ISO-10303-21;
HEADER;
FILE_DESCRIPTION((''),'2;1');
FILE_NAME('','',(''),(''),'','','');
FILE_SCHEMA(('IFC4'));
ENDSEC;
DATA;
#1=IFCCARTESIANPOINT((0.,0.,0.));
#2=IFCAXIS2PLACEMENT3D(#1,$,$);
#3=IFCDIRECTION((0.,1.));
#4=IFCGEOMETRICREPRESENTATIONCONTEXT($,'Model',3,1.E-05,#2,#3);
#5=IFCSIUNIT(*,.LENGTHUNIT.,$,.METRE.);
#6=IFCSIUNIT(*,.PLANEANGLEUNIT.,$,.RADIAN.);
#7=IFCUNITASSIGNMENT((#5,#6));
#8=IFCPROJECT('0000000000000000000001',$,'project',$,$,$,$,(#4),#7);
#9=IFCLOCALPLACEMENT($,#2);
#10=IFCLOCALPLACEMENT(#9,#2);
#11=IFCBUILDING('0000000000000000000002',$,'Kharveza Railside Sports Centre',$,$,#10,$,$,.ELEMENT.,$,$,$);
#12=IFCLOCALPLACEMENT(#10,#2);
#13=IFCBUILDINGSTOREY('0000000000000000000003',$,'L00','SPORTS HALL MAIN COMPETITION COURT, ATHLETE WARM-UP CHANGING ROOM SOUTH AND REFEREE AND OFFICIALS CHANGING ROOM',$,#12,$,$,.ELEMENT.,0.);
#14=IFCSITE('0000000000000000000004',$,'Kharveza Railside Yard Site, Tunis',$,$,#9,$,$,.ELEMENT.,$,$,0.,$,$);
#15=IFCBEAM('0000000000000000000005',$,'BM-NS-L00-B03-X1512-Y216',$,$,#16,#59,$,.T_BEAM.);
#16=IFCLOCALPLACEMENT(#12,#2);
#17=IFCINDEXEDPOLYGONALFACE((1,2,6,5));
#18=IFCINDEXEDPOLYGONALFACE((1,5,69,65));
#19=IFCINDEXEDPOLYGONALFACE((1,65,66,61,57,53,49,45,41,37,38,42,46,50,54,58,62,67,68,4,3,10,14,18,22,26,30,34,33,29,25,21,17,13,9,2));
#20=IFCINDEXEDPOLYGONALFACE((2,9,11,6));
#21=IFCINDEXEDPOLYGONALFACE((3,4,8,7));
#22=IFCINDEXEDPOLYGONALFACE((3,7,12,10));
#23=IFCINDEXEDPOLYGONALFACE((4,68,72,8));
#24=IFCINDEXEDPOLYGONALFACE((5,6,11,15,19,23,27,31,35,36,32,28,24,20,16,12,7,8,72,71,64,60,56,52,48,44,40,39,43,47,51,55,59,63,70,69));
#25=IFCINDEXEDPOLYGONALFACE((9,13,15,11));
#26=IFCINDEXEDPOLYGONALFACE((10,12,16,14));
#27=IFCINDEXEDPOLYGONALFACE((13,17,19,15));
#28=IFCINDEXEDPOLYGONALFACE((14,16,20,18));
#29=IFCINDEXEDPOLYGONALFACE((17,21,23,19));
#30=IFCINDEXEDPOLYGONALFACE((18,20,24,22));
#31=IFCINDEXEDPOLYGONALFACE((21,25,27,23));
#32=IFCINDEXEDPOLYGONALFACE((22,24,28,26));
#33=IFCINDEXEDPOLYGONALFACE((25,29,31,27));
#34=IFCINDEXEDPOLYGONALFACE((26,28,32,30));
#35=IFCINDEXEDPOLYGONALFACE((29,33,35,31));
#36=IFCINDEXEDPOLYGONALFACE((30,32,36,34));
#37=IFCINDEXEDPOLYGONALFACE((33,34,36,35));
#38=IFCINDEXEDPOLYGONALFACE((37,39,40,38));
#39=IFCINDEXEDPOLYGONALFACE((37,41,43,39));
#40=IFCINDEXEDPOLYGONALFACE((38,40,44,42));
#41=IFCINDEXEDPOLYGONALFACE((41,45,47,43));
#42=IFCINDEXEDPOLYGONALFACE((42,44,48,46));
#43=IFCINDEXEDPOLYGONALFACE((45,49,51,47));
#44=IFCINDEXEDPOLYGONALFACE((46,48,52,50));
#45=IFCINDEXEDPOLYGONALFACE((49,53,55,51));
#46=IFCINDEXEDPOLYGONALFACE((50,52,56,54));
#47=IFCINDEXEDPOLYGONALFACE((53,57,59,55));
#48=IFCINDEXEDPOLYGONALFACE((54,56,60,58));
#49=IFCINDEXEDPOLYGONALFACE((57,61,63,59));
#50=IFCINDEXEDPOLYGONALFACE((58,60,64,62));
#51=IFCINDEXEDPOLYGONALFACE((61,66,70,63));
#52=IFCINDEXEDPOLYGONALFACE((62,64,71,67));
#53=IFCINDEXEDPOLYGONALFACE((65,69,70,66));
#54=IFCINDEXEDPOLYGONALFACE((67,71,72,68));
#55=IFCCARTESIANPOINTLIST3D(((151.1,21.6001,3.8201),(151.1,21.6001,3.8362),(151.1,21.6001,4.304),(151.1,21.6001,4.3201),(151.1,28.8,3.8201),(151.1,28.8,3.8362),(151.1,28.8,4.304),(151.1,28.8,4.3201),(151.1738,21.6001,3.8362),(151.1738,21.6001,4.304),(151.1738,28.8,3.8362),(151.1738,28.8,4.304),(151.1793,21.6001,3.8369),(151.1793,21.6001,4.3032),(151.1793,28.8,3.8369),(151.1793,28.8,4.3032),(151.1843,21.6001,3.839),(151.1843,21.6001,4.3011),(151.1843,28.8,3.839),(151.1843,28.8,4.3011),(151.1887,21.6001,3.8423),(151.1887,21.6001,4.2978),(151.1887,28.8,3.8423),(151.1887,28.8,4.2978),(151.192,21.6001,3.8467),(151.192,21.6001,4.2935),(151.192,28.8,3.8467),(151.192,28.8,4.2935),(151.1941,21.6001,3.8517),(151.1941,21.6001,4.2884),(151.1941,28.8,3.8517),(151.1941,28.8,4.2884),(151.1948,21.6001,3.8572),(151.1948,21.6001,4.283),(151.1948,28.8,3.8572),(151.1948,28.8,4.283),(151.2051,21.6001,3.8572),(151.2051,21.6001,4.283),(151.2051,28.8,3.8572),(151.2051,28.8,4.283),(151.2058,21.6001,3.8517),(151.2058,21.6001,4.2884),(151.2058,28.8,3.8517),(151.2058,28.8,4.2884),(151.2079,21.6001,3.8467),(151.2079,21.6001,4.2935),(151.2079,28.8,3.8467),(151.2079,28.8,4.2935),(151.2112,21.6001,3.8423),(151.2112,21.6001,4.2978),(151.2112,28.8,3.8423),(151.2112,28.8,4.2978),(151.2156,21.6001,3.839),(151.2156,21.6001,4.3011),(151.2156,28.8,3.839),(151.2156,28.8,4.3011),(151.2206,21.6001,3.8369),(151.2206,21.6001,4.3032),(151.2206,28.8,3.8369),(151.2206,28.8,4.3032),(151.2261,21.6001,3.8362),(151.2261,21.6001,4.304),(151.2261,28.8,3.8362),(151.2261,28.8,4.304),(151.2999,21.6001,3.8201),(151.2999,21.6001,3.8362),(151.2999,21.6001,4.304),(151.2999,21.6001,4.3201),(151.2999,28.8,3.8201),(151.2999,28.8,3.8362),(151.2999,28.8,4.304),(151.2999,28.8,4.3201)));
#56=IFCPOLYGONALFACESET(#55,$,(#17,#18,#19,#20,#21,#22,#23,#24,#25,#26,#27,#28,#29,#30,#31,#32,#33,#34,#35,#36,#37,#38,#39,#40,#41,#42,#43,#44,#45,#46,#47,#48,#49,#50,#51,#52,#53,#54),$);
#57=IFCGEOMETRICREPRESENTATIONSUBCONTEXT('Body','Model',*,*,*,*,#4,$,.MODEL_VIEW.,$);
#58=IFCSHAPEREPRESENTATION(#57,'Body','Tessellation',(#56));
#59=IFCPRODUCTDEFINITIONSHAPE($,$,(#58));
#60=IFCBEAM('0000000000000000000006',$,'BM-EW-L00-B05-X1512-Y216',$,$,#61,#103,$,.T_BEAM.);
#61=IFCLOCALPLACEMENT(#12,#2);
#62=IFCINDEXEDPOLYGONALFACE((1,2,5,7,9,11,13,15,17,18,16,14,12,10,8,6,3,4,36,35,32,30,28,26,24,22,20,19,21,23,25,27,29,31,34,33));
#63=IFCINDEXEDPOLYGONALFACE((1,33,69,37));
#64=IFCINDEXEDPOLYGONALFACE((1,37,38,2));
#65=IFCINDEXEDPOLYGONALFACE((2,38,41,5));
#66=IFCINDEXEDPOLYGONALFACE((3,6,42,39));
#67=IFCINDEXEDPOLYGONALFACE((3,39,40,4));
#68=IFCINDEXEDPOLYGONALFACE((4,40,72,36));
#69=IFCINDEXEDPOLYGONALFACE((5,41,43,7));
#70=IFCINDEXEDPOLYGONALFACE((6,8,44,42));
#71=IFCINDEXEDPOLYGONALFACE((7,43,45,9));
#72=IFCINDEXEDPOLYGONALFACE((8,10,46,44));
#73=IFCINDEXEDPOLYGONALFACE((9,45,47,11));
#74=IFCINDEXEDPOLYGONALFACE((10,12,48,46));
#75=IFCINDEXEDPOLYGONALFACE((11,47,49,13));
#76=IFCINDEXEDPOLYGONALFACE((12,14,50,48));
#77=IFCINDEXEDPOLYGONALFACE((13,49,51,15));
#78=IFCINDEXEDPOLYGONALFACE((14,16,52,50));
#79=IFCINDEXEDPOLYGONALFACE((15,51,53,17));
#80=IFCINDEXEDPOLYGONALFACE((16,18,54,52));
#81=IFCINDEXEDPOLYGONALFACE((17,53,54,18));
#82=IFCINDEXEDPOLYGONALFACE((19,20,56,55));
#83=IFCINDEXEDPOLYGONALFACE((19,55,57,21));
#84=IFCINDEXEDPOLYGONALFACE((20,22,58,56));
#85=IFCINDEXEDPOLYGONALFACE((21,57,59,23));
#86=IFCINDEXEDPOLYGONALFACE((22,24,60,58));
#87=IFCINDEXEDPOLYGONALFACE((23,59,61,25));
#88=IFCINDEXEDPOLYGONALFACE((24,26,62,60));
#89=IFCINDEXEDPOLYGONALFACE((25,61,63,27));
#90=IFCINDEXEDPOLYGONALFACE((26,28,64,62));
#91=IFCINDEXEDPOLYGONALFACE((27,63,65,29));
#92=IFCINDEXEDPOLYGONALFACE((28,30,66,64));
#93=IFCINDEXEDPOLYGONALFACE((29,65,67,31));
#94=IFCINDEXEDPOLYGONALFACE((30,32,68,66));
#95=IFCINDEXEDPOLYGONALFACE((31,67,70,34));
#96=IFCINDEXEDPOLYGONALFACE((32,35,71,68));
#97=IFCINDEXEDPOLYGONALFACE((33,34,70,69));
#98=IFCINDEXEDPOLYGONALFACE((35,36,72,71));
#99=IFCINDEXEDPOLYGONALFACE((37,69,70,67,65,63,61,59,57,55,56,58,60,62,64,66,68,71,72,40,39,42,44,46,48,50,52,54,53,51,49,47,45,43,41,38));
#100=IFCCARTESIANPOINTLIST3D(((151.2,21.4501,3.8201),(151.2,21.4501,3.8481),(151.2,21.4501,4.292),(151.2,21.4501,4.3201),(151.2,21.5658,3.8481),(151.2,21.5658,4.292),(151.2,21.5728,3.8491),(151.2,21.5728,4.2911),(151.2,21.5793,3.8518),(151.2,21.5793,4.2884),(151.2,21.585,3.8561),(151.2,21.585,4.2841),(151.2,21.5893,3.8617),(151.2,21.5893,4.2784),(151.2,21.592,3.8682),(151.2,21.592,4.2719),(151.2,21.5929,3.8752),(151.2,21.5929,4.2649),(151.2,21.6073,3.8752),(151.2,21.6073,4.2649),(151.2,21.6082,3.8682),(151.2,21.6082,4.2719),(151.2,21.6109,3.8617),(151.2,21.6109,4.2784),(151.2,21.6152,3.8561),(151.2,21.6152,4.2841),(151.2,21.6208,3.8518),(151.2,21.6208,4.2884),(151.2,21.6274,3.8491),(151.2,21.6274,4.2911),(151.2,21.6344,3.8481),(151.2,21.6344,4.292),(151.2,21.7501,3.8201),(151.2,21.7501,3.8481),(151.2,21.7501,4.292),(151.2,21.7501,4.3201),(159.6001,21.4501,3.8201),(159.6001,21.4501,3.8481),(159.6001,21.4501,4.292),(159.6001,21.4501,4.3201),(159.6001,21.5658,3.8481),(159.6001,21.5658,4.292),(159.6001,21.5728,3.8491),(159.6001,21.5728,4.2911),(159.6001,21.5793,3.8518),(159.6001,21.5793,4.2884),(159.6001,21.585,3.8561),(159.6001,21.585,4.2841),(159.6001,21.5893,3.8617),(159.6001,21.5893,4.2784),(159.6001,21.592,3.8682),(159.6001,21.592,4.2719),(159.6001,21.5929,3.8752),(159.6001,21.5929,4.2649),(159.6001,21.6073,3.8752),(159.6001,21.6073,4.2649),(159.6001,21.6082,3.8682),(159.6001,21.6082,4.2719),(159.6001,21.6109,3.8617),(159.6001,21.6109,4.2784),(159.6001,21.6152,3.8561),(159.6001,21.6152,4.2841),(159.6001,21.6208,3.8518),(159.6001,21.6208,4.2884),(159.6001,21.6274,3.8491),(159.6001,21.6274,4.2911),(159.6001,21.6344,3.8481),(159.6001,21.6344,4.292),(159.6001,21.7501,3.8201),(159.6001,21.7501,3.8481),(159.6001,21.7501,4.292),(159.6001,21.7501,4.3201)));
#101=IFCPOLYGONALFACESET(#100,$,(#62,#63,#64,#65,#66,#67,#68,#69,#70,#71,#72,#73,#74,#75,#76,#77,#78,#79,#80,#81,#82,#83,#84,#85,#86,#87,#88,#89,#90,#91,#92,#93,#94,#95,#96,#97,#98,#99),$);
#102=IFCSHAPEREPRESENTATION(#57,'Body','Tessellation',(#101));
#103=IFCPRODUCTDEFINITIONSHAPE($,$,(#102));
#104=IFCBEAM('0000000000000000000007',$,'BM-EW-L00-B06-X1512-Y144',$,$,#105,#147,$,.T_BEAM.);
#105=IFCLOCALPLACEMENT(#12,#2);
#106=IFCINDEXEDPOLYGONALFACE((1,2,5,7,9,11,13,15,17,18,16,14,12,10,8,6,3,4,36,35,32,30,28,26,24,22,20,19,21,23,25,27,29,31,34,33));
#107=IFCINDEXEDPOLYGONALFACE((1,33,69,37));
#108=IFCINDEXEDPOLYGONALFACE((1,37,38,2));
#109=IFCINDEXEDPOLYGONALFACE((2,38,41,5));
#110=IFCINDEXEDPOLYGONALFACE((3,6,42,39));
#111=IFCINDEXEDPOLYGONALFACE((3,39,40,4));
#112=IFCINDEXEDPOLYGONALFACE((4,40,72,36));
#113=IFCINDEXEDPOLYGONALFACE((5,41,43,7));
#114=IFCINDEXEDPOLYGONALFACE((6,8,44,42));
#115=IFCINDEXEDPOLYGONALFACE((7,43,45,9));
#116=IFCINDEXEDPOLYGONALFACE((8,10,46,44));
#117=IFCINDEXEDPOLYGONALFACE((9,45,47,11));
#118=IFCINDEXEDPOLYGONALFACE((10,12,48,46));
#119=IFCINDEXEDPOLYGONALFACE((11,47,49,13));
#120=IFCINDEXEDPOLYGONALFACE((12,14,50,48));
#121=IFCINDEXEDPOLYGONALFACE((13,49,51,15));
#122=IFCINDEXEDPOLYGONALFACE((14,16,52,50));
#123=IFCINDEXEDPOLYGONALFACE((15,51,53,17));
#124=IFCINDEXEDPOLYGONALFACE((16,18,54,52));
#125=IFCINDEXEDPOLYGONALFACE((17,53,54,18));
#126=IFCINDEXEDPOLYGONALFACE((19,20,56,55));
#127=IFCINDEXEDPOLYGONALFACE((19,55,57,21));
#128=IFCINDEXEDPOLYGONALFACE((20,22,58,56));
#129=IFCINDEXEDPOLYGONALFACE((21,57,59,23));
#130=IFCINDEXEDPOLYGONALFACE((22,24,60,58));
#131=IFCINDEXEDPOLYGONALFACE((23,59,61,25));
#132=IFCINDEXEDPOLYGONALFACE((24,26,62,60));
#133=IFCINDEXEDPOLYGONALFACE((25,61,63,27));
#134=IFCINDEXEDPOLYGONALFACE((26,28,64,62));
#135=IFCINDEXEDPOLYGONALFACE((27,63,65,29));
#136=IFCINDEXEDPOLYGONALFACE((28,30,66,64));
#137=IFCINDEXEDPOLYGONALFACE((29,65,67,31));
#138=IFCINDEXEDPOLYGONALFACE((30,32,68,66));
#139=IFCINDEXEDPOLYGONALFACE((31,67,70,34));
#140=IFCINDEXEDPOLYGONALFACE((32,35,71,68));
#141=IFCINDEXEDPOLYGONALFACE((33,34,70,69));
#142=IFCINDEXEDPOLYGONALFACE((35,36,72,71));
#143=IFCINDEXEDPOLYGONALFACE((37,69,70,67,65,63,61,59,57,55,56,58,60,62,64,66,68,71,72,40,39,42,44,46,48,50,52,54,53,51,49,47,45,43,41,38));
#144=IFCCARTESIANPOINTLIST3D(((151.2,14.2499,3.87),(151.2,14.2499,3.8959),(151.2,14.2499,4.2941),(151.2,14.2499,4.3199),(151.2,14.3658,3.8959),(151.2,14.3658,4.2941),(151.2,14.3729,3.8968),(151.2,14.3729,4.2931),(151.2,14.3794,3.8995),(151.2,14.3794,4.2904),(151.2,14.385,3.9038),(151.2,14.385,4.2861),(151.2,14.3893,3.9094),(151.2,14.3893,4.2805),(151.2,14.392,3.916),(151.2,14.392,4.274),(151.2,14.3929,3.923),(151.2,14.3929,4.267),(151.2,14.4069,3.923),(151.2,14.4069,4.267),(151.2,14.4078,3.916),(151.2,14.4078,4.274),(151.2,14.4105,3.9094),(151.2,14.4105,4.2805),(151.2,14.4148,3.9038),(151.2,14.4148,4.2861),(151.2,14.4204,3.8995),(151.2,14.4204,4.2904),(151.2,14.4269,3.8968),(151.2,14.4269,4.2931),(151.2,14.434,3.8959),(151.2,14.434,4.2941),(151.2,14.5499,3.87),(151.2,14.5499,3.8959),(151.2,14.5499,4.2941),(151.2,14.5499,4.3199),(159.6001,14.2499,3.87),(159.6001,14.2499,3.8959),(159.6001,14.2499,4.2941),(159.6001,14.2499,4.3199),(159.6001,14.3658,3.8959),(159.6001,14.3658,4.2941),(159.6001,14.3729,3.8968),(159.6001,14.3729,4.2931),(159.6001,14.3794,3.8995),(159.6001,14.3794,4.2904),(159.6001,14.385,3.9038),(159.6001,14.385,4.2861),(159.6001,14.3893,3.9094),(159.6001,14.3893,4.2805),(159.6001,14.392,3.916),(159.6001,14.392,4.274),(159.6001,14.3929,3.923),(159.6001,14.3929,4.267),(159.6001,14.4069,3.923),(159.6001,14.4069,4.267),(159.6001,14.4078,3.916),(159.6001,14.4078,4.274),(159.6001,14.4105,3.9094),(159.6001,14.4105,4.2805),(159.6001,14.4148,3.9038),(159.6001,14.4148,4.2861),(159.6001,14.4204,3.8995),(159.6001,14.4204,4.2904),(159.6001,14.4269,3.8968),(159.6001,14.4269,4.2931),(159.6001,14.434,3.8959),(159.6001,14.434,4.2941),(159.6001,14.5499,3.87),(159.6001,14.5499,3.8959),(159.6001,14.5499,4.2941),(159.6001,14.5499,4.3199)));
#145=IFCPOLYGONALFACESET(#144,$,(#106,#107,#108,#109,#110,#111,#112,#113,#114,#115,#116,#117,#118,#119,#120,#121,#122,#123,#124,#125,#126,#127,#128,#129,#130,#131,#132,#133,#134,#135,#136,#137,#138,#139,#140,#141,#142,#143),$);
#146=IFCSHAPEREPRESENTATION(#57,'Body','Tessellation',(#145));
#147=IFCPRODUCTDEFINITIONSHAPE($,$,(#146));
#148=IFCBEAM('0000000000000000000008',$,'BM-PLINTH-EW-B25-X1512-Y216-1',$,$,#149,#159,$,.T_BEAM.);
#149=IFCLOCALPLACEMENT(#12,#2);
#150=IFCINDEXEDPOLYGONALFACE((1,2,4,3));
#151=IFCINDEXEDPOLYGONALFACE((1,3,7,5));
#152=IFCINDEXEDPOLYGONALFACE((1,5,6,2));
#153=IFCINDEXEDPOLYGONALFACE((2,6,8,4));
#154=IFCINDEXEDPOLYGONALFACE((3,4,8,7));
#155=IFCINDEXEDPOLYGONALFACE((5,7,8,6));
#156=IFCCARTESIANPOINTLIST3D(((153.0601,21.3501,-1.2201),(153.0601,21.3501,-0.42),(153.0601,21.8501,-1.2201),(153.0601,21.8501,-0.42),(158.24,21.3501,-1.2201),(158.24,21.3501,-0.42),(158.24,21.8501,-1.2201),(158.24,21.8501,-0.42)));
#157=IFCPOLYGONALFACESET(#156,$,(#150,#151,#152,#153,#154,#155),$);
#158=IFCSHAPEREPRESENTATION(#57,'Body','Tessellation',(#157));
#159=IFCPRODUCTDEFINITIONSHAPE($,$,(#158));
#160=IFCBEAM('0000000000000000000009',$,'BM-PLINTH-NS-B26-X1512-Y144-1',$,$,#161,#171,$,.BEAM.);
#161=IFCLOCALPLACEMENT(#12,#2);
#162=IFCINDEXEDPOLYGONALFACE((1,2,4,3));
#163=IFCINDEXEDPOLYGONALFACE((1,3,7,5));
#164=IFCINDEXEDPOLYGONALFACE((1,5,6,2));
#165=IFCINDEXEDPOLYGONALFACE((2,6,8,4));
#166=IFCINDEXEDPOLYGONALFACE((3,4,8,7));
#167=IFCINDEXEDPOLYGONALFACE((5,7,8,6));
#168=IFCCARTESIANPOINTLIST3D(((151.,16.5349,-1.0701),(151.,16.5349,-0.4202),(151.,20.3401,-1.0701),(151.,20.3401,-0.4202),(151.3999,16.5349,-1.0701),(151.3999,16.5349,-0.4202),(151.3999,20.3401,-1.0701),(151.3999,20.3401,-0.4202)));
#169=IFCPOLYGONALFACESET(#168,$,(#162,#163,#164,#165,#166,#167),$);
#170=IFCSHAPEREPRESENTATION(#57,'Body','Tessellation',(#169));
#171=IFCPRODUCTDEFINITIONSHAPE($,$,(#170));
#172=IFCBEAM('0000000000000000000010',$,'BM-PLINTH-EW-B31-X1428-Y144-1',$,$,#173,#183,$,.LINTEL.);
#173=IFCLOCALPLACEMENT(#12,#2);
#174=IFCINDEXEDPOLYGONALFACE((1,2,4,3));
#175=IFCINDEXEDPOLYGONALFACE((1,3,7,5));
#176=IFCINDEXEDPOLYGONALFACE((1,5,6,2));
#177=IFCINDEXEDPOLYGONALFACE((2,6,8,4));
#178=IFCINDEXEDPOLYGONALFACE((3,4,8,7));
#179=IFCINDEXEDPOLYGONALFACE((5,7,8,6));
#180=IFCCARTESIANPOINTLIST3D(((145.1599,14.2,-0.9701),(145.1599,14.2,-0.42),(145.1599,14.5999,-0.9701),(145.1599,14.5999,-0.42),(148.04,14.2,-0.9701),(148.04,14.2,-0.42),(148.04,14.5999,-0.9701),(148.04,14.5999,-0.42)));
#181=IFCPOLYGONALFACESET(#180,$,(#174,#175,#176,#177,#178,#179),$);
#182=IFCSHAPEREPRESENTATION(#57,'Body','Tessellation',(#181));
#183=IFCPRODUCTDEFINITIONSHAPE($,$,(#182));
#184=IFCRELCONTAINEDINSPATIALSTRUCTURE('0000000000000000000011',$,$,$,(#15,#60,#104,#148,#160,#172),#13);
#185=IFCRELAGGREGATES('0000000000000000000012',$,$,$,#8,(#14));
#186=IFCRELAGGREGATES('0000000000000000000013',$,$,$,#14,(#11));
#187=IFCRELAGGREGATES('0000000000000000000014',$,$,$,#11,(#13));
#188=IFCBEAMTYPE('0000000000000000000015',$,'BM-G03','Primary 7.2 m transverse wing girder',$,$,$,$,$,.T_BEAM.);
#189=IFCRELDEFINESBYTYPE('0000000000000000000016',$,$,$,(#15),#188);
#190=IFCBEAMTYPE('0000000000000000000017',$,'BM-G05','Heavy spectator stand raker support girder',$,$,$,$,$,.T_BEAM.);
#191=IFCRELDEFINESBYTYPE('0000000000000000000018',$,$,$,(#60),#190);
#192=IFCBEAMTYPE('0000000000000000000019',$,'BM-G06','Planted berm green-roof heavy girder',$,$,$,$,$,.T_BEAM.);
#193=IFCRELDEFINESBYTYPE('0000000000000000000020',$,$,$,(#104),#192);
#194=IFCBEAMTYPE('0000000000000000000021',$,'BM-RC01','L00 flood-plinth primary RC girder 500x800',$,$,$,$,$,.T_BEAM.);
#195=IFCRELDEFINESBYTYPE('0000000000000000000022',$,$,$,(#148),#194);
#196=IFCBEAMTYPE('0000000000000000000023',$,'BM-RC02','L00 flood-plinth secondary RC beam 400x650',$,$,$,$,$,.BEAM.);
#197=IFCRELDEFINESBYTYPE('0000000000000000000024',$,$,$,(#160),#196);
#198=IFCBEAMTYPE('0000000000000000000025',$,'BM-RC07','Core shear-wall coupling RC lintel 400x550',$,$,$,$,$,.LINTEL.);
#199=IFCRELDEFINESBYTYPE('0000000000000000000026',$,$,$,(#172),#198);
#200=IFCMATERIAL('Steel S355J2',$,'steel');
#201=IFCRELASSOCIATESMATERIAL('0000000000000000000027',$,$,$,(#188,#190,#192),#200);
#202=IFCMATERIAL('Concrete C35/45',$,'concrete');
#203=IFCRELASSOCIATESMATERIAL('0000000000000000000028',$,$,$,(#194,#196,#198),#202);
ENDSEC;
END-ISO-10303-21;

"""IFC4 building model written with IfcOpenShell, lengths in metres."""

from ifc_helpers import new_model, si_unit, direction, frame, origin, origin_2d, place, context, subcontext, project, spatial, rectangle, i_section, extrude, material, material_profile, profile_set, type_object, element, save


model = new_model("IFC4")

# Units and contexts
model_context = context("Model", 3, precision=1e-05, world=origin(), true_north=direction((0.0, 1.0)))
body_context = subcontext(model_context, "Body", "Model", "MODEL_VIEW")
ifc_project = project(units=[si_unit("LENGTHUNIT", "METRE"), si_unit("PLANEANGLEUNIT", "RADIAN")], contexts=[model_context])

# Site, building, storey
site_placement = place(None, origin())
site = spatial("IfcSite", under=ifc_project, at=site_placement, Name="Kharveza Railside Yard Site, Tunis", CompositionType="ELEMENT", RefElevation=0.0)
building_placement = place(site_placement, origin())
building = spatial("IfcBuilding", under=site, at=building_placement, Name="Kharveza Railside Sports Centre", CompositionType="ELEMENT")
storey_placement = place(building_placement, origin())
storey = spatial("IfcBuildingStorey", under=building, at=storey_placement, Name="L00", Description="SPORTS HALL MAIN COMPETITION COURT, ATHLETE WARM-UP CHANGING ROOM SOUTH AND REFEREE AND OFFICIALS CHANGING ROOM", CompositionType="ELEMENT", Elevation=0.0)

# Shared definitions
ifc_material_1 = material(Name="Concrete C35/45", Category="concrete")

# Shared definitions
ifc_material_2 = material(Name="Steel S355J2", Category="steel")

# Beams
ifc_material_profile_1 = material_profile(ifc_material_2, i_section(OverallWidth=0.2, OverallDepth=0.5, WebThickness=0.0103, FlangeThickness=0.0161, FilletRadius=0.021, at=origin_2d()), Name="IPE 500")
ifc_profile_set_1 = profile_set([ifc_material_profile_1], Name="Steel S355J2")
beam_type_1 = type_object("IfcBeamType", Name="BM-G03", Description="Primary 7.2 m transverse wing girder", PredefinedType="T_BEAM", material=ifc_profile_set_1)
beam_1_placement = place(storey_placement, frame((151.2, 21.6001, 4.0701), z_axis=(0.0, 1.0, 0.0), x_axis=(-1.0, 0.0, 0.0)))
element("IfcBeam", 1, at=beam_1_placement, inside=storey, type_object=beam_type_1, Name="BM-NS-L00-B03-X1512-Y216", PredefinedType="T_BEAM", context=body_context, shape_type="SweptSolid", body=[
    extrude(i_section(OverallWidth=0.2, OverallDepth=0.5, WebThickness=0.0103, FlangeThickness=0.0161, FilletRadius=0.021, at=origin_2d()), origin(), (0.0, 0.0, 1.0), 7.2),
])
ifc_material_profile_2 = material_profile(ifc_material_2, i_section(OverallWidth=0.3, OverallDepth=0.5, WebThickness=0.0144, FlangeThickness=0.0281, FilletRadius=0.0271, at=origin_2d()), Name="HEB 500")
ifc_profile_set_2 = profile_set([ifc_material_profile_2], Name="Steel S355J2")
beam_type_2 = type_object("IfcBeamType", Name="BM-G05", Description="Heavy spectator stand raker support girder", PredefinedType="T_BEAM", material=ifc_profile_set_2)
beam_2_placement = place(storey_placement, frame((151.2, 21.6001, 4.0701), z_axis=(1.0, 0.0, 0.0), x_axis=(0.0, 1.0, 0.0)))
element("IfcBeam", 2, at=beam_2_placement, inside=storey, type_object=beam_type_2, Name="BM-EW-L00-B05-X1512-Y216", PredefinedType="T_BEAM", context=body_context, shape_type="SweptSolid", body=[
    extrude(i_section(OverallWidth=0.3, OverallDepth=0.5, WebThickness=0.0144, FlangeThickness=0.0281, FilletRadius=0.0271, at=origin_2d()), origin(), (0.0, 0.0, 1.0), 8.4001),
])
ifc_material_profile_3 = material_profile(ifc_material_2, i_section(OverallWidth=0.3, OverallDepth=0.45, WebThickness=0.0139, FlangeThickness=0.0259, FilletRadius=0.0271, at=origin_2d()), Name="HEB 450")
ifc_profile_set_3 = profile_set([ifc_material_profile_3], Name="Steel S355J2")
beam_type_3 = type_object("IfcBeamType", Name="BM-G06", Description="Planted berm green-roof heavy girder", PredefinedType="T_BEAM", material=ifc_profile_set_3)
beam_3_placement = place(storey_placement, frame((151.2, 14.3999, 4.095), z_axis=(1.0, 0.0, 0.0), x_axis=(0.0, 1.0, 0.0)))
element("IfcBeam", 3, at=beam_3_placement, inside=storey, type_object=beam_type_3, Name="BM-EW-L00-B06-X1512-Y144", PredefinedType="T_BEAM", context=body_context, shape_type="SweptSolid", body=[
    extrude(i_section(OverallWidth=0.3, OverallDepth=0.45, WebThickness=0.0139, FlangeThickness=0.0259, FilletRadius=0.0271, at=origin_2d()), origin(), (0.0, 0.0, 1.0), 8.4001),
])
ifc_material_profile_4 = material_profile(ifc_material_1, rectangle(XDim=0.5, YDim=0.8, at=origin_2d()), Name="RCB 500x800")
ifc_profile_set_4 = profile_set([ifc_material_profile_4], Name="Concrete C35/45")
beam_type_4 = type_object("IfcBeamType", Name="BM-RC01", Description="L00 flood-plinth primary RC girder 500x800", PredefinedType="T_BEAM", material=ifc_profile_set_4)
beam_4_placement = place(storey_placement, frame((153.0601, 21.6001, -0.8201), z_axis=(1.0, 0.0, 0.0), x_axis=(0.0, 1.0, 0.0)))
element("IfcBeam", 4, at=beam_4_placement, inside=storey, type_object=beam_type_4, Name="BM-PLINTH-EW-B25-X1512-Y216-1", PredefinedType="T_BEAM", context=body_context, shape_type="SweptSolid", body=[
    extrude(rectangle(XDim=0.5, YDim=0.8, at=origin_2d()), origin(), (0.0, 0.0, 1.0), 5.1799),
])
ifc_material_profile_5 = material_profile(ifc_material_1, rectangle(XDim=0.3999, YDim=0.6499, at=origin_2d()), Name="RCB 400x650")
ifc_profile_set_5 = profile_set([ifc_material_profile_5], Name="Concrete C35/45")
beam_type_5 = type_object("IfcBeamType", Name="BM-RC02", Description="L00 flood-plinth secondary RC beam 400x650", PredefinedType="BEAM", material=ifc_profile_set_5)
beam_5_placement = place(storey_placement, frame((151.2, 16.5349, -0.7451), z_axis=(0.0, 1.0, 0.0), x_axis=(-1.0, 0.0, 0.0)))
element("IfcBeam", 5, at=beam_5_placement, inside=storey, type_object=beam_type_5, Name="BM-PLINTH-NS-B26-X1512-Y144-1", PredefinedType="BEAM", context=body_context, shape_type="SweptSolid", body=[
    extrude(rectangle(XDim=0.3999, YDim=0.6499, at=origin_2d()), origin(), (0.0, 0.0, 1.0), 3.8052),
])
ifc_material_profile_6 = material_profile(ifc_material_1, rectangle(XDim=0.3999, YDim=0.55, at=origin_2d()), Name="RCB 400x550")
ifc_profile_set_6 = profile_set([ifc_material_profile_6], Name="Concrete C35/45")
beam_type_6 = type_object("IfcBeamType", Name="BM-RC07", Description="Core shear-wall coupling RC lintel 400x550", PredefinedType="LINTEL", material=ifc_profile_set_6)
beam_6_placement = place(storey_placement, frame((145.1599, 14.3999, -0.6951), z_axis=(1.0, 0.0, 0.0), x_axis=(0.0, 1.0, 0.0)))
element("IfcBeam", 6, at=beam_6_placement, inside=storey, type_object=beam_type_6, Name="BM-PLINTH-EW-B31-X1428-Y144-1", PredefinedType="LINTEL", context=body_context, shape_type="SweptSolid", body=[
    extrude(rectangle(XDim=0.3999, YDim=0.55, at=origin_2d()), origin(), (0.0, 0.0, 1.0), 2.8801),
])

save(model, "model.ifc")
